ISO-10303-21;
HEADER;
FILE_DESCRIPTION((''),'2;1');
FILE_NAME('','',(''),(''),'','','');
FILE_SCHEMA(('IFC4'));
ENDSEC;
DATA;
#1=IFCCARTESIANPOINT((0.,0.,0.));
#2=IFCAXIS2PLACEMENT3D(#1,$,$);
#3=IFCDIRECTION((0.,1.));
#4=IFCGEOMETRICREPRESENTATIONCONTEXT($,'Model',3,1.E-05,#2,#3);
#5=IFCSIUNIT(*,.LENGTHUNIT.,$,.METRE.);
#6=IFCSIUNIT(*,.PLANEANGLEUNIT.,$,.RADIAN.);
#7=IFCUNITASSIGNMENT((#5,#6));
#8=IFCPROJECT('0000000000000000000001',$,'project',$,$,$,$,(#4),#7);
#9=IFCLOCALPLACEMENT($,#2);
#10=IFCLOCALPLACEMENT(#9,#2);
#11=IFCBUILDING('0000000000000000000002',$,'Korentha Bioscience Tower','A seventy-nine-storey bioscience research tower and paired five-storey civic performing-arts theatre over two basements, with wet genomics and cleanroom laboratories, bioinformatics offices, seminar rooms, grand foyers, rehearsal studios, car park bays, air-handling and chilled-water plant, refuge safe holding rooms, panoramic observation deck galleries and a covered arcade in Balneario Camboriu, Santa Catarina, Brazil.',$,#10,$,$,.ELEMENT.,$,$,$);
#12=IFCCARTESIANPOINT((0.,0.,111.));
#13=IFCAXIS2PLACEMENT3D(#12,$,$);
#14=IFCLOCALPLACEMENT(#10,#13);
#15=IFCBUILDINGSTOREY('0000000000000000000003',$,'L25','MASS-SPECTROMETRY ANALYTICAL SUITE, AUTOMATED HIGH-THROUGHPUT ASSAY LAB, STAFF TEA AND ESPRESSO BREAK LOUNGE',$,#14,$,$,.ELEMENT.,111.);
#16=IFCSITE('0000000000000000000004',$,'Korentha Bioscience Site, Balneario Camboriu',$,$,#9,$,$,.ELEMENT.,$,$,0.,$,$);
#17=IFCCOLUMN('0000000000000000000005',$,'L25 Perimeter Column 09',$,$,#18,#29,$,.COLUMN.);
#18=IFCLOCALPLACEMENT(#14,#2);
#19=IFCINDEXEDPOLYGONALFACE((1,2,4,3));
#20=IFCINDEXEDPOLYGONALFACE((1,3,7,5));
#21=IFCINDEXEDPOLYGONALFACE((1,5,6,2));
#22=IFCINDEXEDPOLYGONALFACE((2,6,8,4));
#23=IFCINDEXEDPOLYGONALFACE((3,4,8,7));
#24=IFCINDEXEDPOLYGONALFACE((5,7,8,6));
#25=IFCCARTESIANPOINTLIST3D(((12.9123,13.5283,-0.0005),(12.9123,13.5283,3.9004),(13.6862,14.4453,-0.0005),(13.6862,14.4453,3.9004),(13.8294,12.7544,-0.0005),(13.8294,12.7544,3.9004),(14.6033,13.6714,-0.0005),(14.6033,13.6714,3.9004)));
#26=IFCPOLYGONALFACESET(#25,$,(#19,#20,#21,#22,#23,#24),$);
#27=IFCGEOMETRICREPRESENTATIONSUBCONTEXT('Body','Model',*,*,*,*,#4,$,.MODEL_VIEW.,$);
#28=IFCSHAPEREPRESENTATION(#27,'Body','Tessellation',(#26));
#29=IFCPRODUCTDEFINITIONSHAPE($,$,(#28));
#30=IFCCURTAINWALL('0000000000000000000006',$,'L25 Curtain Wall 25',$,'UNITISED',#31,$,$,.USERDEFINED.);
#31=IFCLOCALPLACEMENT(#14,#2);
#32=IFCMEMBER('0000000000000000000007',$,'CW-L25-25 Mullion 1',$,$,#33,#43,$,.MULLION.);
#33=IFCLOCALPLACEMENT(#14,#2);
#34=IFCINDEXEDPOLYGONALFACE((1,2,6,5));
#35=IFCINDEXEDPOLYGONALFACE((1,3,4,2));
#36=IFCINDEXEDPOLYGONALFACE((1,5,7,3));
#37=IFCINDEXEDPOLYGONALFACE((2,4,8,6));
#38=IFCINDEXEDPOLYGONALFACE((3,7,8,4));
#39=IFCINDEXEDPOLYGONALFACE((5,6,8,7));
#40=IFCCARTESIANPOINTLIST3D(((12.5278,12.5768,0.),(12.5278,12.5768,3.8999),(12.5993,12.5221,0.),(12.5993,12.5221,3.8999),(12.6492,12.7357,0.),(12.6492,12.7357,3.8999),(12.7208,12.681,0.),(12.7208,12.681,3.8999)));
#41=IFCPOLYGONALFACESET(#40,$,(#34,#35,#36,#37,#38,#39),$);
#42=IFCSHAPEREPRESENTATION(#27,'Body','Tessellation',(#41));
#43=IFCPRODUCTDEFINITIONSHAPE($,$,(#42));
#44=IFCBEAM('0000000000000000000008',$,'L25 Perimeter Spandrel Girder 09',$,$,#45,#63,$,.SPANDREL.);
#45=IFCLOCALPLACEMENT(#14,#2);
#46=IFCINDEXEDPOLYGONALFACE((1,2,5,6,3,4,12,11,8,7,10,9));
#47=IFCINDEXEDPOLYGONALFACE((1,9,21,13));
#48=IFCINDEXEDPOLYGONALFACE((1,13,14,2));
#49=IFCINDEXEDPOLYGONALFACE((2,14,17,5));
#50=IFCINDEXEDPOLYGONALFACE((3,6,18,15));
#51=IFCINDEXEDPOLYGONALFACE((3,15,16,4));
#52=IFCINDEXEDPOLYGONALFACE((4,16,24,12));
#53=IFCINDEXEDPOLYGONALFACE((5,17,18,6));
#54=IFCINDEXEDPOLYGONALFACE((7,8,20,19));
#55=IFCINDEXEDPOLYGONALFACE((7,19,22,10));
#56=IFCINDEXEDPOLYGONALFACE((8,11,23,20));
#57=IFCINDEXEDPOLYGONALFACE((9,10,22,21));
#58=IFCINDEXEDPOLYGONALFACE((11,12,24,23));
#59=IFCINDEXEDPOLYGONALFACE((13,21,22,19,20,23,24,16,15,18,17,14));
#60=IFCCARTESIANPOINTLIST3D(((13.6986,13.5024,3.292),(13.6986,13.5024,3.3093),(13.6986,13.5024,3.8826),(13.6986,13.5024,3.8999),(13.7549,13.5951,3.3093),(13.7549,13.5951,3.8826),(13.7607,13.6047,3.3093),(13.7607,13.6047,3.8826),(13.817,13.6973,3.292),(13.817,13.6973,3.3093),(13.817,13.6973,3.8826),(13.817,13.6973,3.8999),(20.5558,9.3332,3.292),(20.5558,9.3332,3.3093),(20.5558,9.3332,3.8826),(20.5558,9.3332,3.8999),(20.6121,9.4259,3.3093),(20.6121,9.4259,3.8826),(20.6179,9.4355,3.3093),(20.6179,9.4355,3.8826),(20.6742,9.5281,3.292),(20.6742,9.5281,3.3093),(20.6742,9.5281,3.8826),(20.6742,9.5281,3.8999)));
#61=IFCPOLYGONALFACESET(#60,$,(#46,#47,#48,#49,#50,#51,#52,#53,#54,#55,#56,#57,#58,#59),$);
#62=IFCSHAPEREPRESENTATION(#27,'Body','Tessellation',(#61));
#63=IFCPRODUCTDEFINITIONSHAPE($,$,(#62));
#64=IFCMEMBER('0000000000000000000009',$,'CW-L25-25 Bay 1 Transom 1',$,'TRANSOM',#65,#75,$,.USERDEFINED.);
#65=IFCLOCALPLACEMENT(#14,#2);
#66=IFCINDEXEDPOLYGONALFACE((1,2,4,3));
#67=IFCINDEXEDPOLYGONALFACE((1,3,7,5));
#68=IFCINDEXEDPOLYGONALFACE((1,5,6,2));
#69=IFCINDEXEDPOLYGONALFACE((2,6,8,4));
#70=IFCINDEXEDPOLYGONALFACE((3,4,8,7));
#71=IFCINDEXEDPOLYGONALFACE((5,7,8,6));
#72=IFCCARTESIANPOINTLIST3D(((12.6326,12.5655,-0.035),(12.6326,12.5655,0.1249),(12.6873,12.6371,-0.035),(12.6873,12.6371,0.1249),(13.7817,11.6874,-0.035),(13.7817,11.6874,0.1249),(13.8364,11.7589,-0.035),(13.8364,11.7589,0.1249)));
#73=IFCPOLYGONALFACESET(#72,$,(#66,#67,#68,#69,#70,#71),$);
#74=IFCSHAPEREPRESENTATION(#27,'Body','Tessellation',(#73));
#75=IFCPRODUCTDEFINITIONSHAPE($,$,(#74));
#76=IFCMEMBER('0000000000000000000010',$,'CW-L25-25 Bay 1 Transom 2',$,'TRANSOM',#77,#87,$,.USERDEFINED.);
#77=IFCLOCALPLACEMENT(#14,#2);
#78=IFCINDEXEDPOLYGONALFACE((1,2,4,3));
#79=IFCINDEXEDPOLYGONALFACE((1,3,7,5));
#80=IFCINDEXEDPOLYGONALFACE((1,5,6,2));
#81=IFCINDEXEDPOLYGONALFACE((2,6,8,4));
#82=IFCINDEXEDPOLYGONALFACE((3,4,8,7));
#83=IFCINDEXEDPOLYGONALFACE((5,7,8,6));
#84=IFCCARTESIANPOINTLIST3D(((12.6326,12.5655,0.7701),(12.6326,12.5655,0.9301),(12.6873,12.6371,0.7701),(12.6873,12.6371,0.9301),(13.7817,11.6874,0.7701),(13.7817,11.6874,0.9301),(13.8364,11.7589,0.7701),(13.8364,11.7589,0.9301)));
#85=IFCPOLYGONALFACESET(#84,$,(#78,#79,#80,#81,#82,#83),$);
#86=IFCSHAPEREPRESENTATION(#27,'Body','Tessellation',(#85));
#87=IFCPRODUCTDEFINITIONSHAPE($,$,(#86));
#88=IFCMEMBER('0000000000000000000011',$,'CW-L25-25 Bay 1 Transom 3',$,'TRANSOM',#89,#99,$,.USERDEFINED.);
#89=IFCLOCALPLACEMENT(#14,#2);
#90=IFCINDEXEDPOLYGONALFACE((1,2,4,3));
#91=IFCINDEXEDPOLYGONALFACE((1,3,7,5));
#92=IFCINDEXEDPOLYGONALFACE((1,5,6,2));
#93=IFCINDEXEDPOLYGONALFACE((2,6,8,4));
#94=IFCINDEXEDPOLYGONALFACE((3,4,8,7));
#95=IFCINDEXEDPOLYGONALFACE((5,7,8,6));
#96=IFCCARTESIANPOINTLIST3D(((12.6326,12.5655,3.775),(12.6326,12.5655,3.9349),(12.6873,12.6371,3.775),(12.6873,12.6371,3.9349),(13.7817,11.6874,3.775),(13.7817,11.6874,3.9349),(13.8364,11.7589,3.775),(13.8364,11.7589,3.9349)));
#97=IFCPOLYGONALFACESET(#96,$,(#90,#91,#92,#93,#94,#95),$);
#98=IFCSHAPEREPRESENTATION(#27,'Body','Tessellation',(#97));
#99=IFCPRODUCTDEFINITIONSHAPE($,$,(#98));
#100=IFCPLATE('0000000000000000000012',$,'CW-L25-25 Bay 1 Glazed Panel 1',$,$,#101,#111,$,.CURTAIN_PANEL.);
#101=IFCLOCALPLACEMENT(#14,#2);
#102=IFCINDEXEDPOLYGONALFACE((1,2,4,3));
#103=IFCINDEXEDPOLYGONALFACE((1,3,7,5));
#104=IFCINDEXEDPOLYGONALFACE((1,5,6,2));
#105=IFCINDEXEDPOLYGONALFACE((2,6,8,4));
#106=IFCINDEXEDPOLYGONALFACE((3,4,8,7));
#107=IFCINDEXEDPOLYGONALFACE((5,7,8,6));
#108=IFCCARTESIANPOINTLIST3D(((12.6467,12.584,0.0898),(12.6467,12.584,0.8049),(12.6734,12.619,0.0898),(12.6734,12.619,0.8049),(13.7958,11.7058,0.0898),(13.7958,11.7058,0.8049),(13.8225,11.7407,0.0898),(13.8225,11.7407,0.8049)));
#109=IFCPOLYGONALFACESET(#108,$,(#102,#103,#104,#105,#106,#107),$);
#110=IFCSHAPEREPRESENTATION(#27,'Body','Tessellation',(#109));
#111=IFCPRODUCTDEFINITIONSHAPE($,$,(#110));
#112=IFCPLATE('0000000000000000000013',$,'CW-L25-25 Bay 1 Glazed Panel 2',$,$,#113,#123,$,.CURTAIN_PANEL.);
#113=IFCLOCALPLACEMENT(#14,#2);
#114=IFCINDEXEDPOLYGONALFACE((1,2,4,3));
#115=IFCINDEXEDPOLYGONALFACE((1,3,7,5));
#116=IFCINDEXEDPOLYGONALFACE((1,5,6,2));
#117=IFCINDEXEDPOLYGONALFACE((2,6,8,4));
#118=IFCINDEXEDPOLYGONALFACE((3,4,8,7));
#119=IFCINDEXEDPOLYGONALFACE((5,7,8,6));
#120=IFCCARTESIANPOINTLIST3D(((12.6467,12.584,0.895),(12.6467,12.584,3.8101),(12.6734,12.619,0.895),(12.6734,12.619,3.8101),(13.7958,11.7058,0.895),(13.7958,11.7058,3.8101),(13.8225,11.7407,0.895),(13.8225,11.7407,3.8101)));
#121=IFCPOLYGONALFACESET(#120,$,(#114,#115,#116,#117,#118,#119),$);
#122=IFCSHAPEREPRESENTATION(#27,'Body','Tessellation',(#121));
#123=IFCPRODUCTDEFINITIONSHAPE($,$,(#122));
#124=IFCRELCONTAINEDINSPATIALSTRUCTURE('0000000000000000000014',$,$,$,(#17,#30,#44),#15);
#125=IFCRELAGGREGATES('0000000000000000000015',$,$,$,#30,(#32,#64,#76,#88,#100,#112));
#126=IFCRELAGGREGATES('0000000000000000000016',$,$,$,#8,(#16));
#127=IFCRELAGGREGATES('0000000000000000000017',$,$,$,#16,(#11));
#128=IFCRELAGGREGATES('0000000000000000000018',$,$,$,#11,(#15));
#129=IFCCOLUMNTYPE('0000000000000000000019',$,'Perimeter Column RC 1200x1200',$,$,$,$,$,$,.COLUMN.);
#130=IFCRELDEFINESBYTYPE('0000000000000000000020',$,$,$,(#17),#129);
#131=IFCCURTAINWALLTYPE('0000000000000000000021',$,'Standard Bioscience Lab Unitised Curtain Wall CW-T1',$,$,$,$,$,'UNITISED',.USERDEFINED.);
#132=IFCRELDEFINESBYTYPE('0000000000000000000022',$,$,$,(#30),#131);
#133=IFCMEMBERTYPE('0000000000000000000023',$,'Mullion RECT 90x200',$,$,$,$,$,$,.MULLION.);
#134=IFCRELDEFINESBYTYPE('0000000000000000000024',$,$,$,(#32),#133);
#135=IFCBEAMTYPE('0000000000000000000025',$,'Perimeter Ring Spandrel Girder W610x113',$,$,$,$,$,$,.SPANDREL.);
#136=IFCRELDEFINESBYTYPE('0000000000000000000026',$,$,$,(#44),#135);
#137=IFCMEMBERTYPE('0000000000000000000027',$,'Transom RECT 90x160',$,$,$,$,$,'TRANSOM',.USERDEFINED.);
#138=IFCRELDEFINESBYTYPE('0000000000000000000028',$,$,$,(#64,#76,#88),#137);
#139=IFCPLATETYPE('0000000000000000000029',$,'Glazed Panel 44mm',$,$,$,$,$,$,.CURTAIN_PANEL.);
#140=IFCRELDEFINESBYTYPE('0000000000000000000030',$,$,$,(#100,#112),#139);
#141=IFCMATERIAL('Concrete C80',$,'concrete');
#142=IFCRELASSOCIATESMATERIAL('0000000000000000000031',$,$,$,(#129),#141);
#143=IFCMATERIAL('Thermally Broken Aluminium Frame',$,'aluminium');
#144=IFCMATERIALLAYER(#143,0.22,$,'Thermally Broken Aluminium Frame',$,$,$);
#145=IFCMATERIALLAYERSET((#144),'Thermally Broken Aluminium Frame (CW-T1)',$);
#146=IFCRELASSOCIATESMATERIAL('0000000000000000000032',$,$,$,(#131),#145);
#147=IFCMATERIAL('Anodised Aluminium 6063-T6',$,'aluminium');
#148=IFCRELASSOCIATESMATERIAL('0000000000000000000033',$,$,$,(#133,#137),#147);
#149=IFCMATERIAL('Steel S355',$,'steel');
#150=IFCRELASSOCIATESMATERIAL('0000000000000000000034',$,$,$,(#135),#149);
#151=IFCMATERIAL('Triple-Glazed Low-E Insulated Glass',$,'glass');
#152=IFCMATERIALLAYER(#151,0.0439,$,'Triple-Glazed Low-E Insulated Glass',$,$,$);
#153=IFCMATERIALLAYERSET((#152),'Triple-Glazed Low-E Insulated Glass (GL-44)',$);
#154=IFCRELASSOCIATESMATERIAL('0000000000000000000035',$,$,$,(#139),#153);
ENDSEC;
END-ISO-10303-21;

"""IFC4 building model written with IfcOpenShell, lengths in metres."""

from ifc_helpers import new_model, si_unit, direction, frame, origin, origin_2d, place, context, subcontext, project, spatial, rectangle, i_section, extrude, material, layer, layer_set, material_profile, profile_set, type_object, element, aggregate, save


model = new_model("IFC4")

# Units and contexts
model_context = context("Model", 3, precision=1e-05, world=origin(), true_north=direction((0.0, 1.0)))
body_context = subcontext(model_context, "Body", "Model", "MODEL_VIEW")
ifc_project = project(units=[si_unit("LENGTHUNIT", "METRE"), si_unit("PLANEANGLEUNIT", "RADIAN")], contexts=[model_context])

# Site, building, storey
site_placement = place(None, origin())
site = spatial("IfcSite", under=ifc_project, at=site_placement, Name="Korentha Bioscience Site, Balneario Camboriu", CompositionType="ELEMENT", RefElevation=0.0)
building_placement = place(site_placement, origin())
building = spatial("IfcBuilding", under=site, at=building_placement, Name="Korentha Bioscience Tower", Description="A seventy-nine-storey bioscience research tower and paired five-storey civic performing-arts theatre over two basements, with wet genomics and cleanroom laboratories, bioinformatics offices, seminar rooms, grand foyers, rehearsal studios, car park bays, air-handling and chilled-water plant, refuge safe holding rooms, panoramic observation deck galleries and a covered arcade in Balneario Camboriu, Santa Catarina, Brazil.", CompositionType="ELEMENT")
storey_placement = place(building_placement, frame((0.0, 0.0, 111.0)))
storey = spatial("IfcBuildingStorey", under=building, at=storey_placement, Name="L25", Description="MASS-SPECTROMETRY ANALYTICAL SUITE, AUTOMATED HIGH-THROUGHPUT ASSAY LAB, STAFF TEA AND ESPRESSO BREAK LOUNGE", CompositionType="ELEMENT", Elevation=111.0)

# Column
ifc_material_1 = material(Name="Concrete C80", Category="concrete")
ifc_material_profile_1 = material_profile(ifc_material_1, rectangle(XDim=1.2, YDim=1.2, at=origin_2d()), Name="Concrete C80")
ifc_profile_set_1 = profile_set([ifc_material_profile_1], Name="Concrete C80 (COL-P12)")
column_type = type_object("IfcColumnType", Name="Perimeter Column RC 1200x1200", PredefinedType="COLUMN", material=ifc_profile_set_1)
column_placement = place(storey_placement, frame((13.7578, 13.5999, -0.0005), z_axis=(0.0, 0.0, 1.0), x_axis=(-0.764246, 0.644924, 0.0)))
element("IfcColumn", 1, at=column_placement, inside=storey, type_object=column_type, Name="L25 Perimeter Column 09", PredefinedType="COLUMN", context=body_context, shape_type="SweptSolid", body=[
    extrude(rectangle(XDim=1.2, YDim=1.2, at=origin_2d()), origin(), (0.0, 0.0, 1.0), 3.9009),
])

# Curtain wall, member
ifc_material_2 = material(Name="Thermally Broken Aluminium Frame", Category="aluminium")
ifc_layer_1 = layer(ifc_material_2, 0.22, Name="Thermally Broken Aluminium Frame")
ifc_layer_set_1 = layer_set([ifc_layer_1], Name="Thermally Broken Aluminium Frame (CW-T1)")
curtain_wall_type = type_object("IfcCurtainWallType", Name="Standard Bioscience Lab Unitised Curtain Wall CW-T1", ElementType="UNITISED", PredefinedType="USERDEFINED", material=ifc_layer_set_1)
curtain_wall_placement = place(storey_placement, origin())
curtain_wall = element("IfcCurtainWall", 2, at=curtain_wall_placement, inside=storey, type_object=curtain_wall_type, Name="L25 Curtain Wall 25", ObjectType="UNITISED", PredefinedType="USERDEFINED")
ifc_material_3 = material(Name="Anodised Aluminium 6063-T6", Category="aluminium")
ifc_material_profile_2 = material_profile(ifc_material_3, rectangle(XDim=0.0901, YDim=0.2, at=origin_2d()), Name="Anodised Aluminium 6063-T6")
ifc_profile_set_2 = profile_set([ifc_material_profile_2], Name="Anodised Aluminium 6063-T6 (CW-MUL)")
member_type_1 = type_object("IfcMemberType", Name="Mullion RECT 90x200", PredefinedType="MULLION", material=ifc_profile_set_2)
member_1_placement = place(storey_placement, frame((12.6243, 12.6289, 0.0), z_axis=(0.0, 0.0, 1.0), x_axis=(0.7945, -0.607265, 0.0)))
member_1 = element("IfcMember", 3, at=member_1_placement, type_object=member_type_1, Name="CW-L25-25 Mullion 1", PredefinedType="MULLION", context=body_context, shape_type="SweptSolid", body=[
    extrude(rectangle(XDim=0.0901, YDim=0.2, at=origin_2d()), origin(), (0.0, 0.0, 1.0), 3.8999),
])

# Beam
ifc_material_4 = material(Name="Steel S355", Category="steel")
ifc_material_profile_3 = material_profile(ifc_material_4, i_section(OverallWidth=0.228, OverallDepth=0.6079, WebThickness=0.0112, FlangeThickness=0.0173, at=origin_2d()), Name="Steel S355")
ifc_profile_set_3 = profile_set([ifc_material_profile_3], Name="Steel S355 (SB-610)")
beam_type = type_object("IfcBeamType", Name="Perimeter Ring Spandrel Girder W610x113", PredefinedType="SPANDREL", material=ifc_profile_set_3)
beam_placement = place(storey_placement, frame((13.7578, 13.5999, 3.5959), z_axis=(0.854461, -0.519515, 0.0), x_axis=(0.519515, 0.854461, 0.0)))
element("IfcBeam", 4, at=beam_placement, inside=storey, type_object=beam_type, Name="L25 Perimeter Spandrel Girder 09", PredefinedType="SPANDREL", context=body_context, shape_type="SweptSolid", body=[
    extrude(i_section(OverallWidth=0.228, OverallDepth=0.6079, WebThickness=0.0112, FlangeThickness=0.0173, at=origin_2d()), origin(), (0.0, 0.0, 1.0), 8.0251),
])

# Members
ifc_material_profile_4 = material_profile(ifc_material_3, rectangle(XDim=0.0901, YDim=0.1599, at=origin_2d()), Name="Anodised Aluminium 6063-T6")
ifc_profile_set_4 = profile_set([ifc_material_profile_4], Name="Anodised Aluminium 6063-T6 (CW-TRN)")
member_type_2 = type_object("IfcMemberType", Name="Transom RECT 90x160", ElementType="TRANSOM", PredefinedType="USERDEFINED", material=ifc_profile_set_4)
member_2_placement = place(storey_placement, frame((12.6599, 12.6013, 0.0449), z_axis=(0.794559, -0.607187, 0.0), x_axis=(0.607187, 0.794559, 0.0)))
member_2 = element("IfcMember", 5, at=member_2_placement, type_object=member_type_2, Name="CW-L25-25 Bay 1 Transom 1", ObjectType="TRANSOM", PredefinedType="USERDEFINED", context=body_context, shape_type="SweptSolid", body=[
    extrude(rectangle(XDim=0.0901, YDim=0.1599, at=origin_2d()), origin(), (0.0, 0.0, 1.0), 1.4463),
])
member_3_placement = place(storey_placement, frame((12.6599, 12.6013, 0.8501), z_axis=(0.794559, -0.607187, 0.0), x_axis=(0.607187, 0.794559, 0.0)))
member_3 = element("IfcMember", 6, at=member_3_placement, type_object=member_type_2, Name="CW-L25-25 Bay 1 Transom 2", ObjectType="TRANSOM", PredefinedType="USERDEFINED", context=body_context, shape_type="SweptSolid", body=[
    extrude(rectangle(XDim=0.0901, YDim=0.1599, at=origin_2d()), origin(), (0.0, 0.0, 1.0), 1.4463),
])
member_4_placement = place(storey_placement, frame((12.6599, 12.6013, 3.855), z_axis=(0.794559, -0.607187, 0.0), x_axis=(0.607187, 0.794559, 0.0)))
member_4 = element("IfcMember", 7, at=member_4_placement, type_object=member_type_2, Name="CW-L25-25 Bay 1 Transom 3", ObjectType="TRANSOM", PredefinedType="USERDEFINED", context=body_context, shape_type="SweptSolid", body=[
    extrude(rectangle(XDim=0.0901, YDim=0.1599, at=origin_2d()), origin(), (0.0, 0.0, 1.0), 1.4463),
])

# Plates
ifc_material_5 = material(Name="Triple-Glazed Low-E Insulated Glass", Category="glass")
ifc_layer_2 = layer(ifc_material_5, 0.0439, Name="Triple-Glazed Low-E Insulated Glass")
ifc_layer_set_2 = layer_set([ifc_layer_2], Name="Triple-Glazed Low-E Insulated Glass (GL-44)")
plate_type = type_object("IfcPlateType", Name="Glazed Panel 44mm", PredefinedType="CURTAIN_PANEL", material=ifc_layer_set_2)
plate_1_placement = place(storey_placement, frame((13.2346, 12.1624, 0.0898), z_axis=(0.0, 0.0, 1.0), x_axis=(0.7945, -0.607265, 0.0)))
plate_1 = element("IfcPlate", 8, at=plate_1_placement, type_object=plate_type, Name="CW-L25-25 Bay 1 Glazed Panel 1", PredefinedType="CURTAIN_PANEL", context=body_context, shape_type="SweptSolid", body=[
    extrude(rectangle(XDim=1.4463, YDim=0.0439, at=origin_2d()), origin(), (0.0, 0.0, 1.0), 0.7151),
])
plate_2_placement = place(storey_placement, frame((13.2346, 12.1624, 0.895), z_axis=(0.0, 0.0, 1.0), x_axis=(0.7945, -0.607265, 0.0)))
plate_2 = element("IfcPlate", 9, at=plate_2_placement, type_object=plate_type, Name="CW-L25-25 Bay 1 Glazed Panel 2", PredefinedType="CURTAIN_PANEL", context=body_context, shape_type="SweptSolid", body=[
    extrude(rectangle(XDim=1.4463, YDim=0.0439, at=origin_2d()), origin(), (0.0, 0.0, 1.0), 2.915),
])
aggregate(curtain_wall, [member_1, member_2, member_3, member_4, plate_1, plate_2])

save(model, "model.ifc")
